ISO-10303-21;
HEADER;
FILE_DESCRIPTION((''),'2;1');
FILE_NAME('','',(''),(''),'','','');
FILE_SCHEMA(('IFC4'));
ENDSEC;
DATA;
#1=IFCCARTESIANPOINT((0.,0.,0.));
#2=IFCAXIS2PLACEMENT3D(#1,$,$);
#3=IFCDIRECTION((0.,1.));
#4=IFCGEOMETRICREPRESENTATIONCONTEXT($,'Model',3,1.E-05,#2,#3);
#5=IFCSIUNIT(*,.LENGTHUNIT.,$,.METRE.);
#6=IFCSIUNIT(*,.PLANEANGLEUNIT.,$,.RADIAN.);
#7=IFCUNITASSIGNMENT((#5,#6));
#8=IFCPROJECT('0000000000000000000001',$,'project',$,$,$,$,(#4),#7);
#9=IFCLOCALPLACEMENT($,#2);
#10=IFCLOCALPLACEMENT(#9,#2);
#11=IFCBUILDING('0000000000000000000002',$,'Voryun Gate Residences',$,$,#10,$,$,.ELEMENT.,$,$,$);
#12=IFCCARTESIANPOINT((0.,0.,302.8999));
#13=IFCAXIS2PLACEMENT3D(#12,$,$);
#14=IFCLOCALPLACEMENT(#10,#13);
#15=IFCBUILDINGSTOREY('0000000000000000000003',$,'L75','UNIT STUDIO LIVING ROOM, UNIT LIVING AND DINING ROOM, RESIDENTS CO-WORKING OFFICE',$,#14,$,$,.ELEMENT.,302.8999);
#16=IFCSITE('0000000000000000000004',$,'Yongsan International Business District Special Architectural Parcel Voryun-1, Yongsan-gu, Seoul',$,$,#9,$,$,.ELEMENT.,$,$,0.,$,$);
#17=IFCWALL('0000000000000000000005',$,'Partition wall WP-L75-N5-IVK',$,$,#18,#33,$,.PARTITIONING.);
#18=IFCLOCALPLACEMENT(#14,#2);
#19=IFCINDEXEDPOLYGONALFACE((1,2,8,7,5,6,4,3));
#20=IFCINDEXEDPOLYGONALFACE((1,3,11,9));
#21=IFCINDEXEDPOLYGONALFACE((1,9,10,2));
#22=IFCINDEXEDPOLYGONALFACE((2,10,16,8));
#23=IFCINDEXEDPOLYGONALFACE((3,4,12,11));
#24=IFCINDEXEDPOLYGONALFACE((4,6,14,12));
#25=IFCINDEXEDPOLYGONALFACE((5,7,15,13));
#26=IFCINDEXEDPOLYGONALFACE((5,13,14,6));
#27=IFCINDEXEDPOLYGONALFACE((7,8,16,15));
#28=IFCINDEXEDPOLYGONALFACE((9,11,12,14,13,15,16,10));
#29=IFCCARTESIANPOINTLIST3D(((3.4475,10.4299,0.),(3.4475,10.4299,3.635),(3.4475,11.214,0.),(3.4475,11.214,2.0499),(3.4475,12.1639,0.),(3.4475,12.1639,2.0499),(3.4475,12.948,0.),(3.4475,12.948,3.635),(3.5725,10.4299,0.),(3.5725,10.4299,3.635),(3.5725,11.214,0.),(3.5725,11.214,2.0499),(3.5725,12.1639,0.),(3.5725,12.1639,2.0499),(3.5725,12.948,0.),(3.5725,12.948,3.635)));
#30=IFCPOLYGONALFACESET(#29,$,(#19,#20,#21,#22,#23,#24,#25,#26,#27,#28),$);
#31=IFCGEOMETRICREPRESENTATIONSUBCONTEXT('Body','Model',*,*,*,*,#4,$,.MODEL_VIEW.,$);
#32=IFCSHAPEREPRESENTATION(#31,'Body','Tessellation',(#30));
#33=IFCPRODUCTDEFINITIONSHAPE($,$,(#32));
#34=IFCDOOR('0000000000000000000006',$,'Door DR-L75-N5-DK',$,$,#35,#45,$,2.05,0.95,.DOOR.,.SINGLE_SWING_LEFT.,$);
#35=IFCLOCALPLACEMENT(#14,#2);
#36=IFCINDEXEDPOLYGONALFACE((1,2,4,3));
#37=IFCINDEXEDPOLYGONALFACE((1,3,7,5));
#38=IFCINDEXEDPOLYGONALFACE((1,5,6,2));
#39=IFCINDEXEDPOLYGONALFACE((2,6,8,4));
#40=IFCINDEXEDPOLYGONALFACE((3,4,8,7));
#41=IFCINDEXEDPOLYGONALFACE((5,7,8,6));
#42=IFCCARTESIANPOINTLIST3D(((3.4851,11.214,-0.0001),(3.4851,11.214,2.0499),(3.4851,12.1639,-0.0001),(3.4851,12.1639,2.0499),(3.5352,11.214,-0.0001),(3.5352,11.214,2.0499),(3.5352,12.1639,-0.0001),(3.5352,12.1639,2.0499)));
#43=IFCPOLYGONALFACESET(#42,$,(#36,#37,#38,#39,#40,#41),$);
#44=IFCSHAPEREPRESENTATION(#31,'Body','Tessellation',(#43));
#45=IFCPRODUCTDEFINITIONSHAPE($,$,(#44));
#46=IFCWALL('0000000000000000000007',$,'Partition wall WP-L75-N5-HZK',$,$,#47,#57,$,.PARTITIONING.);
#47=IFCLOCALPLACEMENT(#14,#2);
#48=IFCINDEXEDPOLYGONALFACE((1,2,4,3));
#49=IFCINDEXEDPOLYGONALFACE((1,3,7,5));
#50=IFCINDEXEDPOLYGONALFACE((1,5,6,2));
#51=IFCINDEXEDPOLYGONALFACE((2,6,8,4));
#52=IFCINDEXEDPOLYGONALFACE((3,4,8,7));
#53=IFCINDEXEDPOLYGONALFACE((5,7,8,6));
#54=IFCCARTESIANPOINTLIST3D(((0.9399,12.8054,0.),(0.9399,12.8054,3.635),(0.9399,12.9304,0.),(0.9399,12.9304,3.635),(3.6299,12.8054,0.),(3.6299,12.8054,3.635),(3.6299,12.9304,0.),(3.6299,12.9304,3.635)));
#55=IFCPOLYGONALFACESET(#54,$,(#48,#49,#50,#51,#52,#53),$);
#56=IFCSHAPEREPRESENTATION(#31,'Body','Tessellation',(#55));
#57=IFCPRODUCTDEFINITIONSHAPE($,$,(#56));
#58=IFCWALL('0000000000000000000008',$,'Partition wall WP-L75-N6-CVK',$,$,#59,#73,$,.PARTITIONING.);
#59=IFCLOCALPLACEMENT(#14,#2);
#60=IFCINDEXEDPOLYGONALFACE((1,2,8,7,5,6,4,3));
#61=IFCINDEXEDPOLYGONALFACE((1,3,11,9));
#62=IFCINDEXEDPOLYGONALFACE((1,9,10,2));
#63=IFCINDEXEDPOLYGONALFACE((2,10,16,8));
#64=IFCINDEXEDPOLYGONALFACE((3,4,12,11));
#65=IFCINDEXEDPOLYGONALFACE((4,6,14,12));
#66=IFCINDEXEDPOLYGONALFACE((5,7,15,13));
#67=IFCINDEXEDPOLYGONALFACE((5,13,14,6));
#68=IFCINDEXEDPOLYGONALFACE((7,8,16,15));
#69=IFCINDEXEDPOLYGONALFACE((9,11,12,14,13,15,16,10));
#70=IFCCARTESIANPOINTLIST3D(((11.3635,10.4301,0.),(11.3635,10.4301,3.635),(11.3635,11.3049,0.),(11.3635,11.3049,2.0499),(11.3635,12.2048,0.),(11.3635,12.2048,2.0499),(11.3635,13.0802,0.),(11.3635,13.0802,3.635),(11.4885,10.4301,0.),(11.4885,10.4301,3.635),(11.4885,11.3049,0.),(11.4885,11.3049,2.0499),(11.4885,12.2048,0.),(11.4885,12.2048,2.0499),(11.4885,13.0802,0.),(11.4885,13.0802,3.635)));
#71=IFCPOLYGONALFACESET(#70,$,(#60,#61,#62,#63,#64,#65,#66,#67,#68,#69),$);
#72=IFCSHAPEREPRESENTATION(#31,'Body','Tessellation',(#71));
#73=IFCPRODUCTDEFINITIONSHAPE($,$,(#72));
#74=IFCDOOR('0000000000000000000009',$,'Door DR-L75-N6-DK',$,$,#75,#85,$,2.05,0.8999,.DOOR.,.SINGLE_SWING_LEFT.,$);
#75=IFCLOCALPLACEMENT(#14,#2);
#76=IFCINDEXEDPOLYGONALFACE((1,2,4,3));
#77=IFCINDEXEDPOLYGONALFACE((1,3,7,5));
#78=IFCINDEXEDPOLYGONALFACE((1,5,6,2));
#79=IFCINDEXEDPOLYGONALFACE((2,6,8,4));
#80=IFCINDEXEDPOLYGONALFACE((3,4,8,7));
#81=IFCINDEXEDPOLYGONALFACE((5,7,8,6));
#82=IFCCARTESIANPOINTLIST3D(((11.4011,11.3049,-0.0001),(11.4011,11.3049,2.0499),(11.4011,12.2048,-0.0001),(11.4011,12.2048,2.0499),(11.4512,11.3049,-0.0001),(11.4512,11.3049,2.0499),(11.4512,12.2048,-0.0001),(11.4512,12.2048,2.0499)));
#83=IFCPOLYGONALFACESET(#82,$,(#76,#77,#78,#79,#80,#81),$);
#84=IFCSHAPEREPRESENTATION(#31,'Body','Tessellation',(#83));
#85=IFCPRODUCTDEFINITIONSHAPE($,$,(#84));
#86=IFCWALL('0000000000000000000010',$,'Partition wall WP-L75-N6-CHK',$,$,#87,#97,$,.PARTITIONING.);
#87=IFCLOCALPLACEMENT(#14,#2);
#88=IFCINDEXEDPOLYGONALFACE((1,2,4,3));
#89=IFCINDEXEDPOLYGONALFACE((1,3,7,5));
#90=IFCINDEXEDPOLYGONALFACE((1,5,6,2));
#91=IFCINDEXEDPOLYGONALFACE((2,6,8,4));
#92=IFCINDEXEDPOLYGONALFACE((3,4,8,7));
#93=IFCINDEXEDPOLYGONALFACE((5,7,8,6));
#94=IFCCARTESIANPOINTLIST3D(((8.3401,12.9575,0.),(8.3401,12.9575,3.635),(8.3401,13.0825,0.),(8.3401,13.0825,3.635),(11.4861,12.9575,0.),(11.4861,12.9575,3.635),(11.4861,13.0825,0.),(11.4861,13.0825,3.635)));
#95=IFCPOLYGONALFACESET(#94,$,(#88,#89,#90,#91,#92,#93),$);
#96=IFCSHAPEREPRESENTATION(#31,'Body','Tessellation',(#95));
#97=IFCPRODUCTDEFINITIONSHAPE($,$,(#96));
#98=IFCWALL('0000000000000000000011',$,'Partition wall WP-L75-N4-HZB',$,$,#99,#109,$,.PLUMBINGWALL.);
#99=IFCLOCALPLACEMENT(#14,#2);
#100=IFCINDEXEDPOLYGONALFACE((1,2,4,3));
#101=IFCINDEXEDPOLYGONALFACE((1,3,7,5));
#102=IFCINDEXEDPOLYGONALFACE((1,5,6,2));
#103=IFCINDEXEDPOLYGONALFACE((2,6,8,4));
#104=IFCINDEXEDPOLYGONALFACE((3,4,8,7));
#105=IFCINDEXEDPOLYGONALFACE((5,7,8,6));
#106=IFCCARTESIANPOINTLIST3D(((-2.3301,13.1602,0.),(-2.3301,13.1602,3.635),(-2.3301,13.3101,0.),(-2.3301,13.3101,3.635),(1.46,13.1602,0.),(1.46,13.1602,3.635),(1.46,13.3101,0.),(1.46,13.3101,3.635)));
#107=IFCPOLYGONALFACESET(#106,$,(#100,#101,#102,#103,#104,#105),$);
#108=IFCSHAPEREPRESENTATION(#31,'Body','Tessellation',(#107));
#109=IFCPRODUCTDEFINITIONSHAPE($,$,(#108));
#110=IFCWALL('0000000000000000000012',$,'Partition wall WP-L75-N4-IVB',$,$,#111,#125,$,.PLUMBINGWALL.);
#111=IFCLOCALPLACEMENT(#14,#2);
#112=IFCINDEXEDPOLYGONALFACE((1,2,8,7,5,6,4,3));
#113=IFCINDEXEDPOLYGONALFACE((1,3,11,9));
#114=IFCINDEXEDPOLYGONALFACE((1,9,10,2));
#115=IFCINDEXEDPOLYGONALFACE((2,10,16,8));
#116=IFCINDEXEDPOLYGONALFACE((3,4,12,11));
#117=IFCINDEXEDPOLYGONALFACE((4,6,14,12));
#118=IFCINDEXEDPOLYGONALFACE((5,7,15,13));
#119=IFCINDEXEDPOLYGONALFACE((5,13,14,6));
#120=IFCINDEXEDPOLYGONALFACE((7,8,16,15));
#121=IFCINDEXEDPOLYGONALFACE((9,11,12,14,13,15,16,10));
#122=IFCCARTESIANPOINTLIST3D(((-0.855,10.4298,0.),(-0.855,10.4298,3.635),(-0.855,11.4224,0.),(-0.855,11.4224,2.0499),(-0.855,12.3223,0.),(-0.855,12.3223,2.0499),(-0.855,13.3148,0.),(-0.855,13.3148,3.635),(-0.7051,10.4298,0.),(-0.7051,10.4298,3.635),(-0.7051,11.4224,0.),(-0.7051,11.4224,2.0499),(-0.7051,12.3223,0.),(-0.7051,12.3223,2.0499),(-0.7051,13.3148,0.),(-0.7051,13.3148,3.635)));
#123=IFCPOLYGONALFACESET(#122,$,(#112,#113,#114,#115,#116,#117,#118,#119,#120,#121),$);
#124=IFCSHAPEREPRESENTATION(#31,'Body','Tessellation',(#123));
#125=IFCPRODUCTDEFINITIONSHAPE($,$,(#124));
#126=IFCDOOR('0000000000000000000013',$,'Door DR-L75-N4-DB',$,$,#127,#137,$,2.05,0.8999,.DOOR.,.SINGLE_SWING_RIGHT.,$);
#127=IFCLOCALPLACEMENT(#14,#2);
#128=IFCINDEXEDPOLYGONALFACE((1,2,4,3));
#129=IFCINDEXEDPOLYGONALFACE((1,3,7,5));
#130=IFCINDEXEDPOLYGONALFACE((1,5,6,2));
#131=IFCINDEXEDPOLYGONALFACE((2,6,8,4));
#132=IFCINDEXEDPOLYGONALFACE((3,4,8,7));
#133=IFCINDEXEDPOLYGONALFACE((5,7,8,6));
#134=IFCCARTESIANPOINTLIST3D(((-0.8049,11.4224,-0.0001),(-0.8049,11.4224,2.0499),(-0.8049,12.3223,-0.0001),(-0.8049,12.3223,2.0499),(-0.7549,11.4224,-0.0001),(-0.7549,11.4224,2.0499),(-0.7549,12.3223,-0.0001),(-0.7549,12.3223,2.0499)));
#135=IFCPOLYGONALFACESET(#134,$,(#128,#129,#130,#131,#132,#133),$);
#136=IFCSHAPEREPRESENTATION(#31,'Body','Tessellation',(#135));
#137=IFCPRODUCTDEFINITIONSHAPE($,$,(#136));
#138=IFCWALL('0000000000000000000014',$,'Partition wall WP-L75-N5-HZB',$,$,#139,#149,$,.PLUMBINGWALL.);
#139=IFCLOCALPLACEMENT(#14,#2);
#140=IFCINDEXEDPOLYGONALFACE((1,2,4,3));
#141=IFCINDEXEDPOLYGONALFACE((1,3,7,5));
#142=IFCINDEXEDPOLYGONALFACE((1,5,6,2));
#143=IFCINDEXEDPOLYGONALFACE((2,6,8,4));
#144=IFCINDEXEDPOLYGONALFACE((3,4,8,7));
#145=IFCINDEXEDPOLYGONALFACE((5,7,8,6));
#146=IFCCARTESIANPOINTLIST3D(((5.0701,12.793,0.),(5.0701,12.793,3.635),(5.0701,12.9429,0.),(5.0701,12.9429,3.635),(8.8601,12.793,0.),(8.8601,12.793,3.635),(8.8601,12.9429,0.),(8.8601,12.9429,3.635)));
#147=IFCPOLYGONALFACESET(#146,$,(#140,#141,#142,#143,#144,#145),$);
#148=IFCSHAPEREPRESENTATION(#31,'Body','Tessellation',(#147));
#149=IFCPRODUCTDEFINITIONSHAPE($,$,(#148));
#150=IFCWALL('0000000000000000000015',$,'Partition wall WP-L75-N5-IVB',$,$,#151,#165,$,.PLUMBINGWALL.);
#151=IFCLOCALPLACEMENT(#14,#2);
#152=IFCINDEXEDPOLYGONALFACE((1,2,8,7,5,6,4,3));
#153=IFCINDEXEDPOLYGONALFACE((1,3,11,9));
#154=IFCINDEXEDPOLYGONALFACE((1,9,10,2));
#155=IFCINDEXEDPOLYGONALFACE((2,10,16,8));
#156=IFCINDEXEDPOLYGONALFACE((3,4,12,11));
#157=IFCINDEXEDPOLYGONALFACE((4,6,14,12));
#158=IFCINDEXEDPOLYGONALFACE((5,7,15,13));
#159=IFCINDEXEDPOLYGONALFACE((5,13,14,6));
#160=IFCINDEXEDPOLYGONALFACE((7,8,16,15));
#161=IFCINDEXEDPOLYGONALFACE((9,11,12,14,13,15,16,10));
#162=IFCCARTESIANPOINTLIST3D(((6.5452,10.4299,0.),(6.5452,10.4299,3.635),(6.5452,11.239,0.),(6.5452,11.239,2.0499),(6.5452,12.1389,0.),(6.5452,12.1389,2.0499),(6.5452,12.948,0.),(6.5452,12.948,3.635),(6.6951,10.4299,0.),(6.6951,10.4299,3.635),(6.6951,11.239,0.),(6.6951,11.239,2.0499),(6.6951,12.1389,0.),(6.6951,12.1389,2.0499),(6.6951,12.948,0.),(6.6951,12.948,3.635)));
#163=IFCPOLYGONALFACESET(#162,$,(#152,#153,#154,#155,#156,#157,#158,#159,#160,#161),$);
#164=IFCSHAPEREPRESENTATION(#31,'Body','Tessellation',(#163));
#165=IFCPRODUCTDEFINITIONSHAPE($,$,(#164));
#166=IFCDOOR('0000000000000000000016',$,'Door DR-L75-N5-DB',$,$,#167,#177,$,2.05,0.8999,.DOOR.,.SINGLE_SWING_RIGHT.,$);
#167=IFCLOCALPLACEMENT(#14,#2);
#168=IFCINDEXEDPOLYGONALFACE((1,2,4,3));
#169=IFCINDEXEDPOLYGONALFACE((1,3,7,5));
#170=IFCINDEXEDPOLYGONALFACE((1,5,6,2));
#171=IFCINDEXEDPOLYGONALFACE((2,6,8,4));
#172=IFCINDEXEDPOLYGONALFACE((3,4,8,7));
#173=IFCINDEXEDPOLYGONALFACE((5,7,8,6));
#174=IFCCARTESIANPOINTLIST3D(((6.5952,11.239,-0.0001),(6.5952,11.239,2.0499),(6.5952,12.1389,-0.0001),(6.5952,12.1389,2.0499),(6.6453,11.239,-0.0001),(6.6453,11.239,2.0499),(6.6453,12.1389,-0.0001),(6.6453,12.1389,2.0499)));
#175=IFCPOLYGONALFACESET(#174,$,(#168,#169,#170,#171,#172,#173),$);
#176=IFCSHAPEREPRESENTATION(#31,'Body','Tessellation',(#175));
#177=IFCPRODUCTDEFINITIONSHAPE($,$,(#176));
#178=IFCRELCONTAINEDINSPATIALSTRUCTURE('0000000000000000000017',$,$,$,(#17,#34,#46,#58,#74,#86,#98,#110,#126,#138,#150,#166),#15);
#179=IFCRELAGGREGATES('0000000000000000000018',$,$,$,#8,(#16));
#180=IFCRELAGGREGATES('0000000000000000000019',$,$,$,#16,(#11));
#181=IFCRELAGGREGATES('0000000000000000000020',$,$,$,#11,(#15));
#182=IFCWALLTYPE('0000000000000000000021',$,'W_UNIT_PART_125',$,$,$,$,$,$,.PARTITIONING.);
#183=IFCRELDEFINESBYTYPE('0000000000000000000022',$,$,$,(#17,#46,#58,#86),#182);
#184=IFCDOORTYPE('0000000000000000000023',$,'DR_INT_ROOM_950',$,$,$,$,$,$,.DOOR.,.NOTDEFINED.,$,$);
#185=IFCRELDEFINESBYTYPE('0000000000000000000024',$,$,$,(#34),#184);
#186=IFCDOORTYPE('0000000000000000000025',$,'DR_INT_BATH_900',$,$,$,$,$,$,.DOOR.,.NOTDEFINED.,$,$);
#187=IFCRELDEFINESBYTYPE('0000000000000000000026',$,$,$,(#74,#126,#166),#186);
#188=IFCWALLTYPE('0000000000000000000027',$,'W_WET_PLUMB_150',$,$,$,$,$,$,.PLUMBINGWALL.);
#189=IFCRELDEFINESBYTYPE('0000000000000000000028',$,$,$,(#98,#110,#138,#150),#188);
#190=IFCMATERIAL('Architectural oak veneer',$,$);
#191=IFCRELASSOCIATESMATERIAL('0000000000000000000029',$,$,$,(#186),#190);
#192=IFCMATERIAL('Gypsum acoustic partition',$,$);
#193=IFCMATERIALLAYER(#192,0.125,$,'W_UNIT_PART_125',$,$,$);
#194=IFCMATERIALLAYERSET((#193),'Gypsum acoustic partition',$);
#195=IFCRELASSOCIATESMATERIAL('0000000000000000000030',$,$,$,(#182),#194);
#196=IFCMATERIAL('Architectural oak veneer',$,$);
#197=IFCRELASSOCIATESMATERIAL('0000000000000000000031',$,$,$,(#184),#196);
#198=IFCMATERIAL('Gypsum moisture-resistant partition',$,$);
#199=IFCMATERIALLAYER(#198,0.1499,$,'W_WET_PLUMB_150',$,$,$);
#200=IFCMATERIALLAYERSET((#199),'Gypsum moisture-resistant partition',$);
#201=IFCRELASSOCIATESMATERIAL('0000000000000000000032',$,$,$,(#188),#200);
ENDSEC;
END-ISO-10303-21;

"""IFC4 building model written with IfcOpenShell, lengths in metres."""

from ifc_helpers import new_model, si_unit, direction, frame, frame_2d, origin, place, context, subcontext, project, spatial, rectangle, extrude, material, layer, layer_set, type_object, element, fill, save


model = new_model("IFC4")

# Units and contexts
model_context = context("Model", 3, precision=1e-05, world=origin(), true_north=direction((0.0, 1.0)))
body_context = subcontext(model_context, "Body", "Model", "MODEL_VIEW")
ifc_project = project(units=[si_unit("LENGTHUNIT", "METRE"), si_unit("PLANEANGLEUNIT", "RADIAN")], contexts=[model_context])

# Site, building, storey
site_placement = place(None, origin())
site = spatial("IfcSite", under=ifc_project, at=site_placement, Name="Yongsan International Business District Special Architectural Parcel Voryun-1, Yongsan-gu, Seoul", CompositionType="ELEMENT", RefElevation=0.0)
building_placement = place(site_placement, origin())
building = spatial("IfcBuilding", under=site, at=building_placement, Name="Voryun Gate Residences", CompositionType="ELEMENT")
storey_placement = place(building_placement, frame((0.0, 0.0, 302.8999)))
storey = spatial("IfcBuildingStorey", under=building, at=storey_placement, Name="L75", Description="UNIT STUDIO LIVING ROOM, UNIT LIVING AND DINING ROOM, RESIDENTS CO-WORKING OFFICE", CompositionType="ELEMENT", Elevation=302.8999)

# Shared definitions
ifc_material_1 = material(Name="Architectural oak veneer")
door_type_1 = type_object("IfcDoorType", Name="DR_INT_BATH_900", OperationType="NOTDEFINED", PredefinedType="DOOR", material=ifc_material_1)

# Wall, opening, door
ifc_material_2 = material(Name="Gypsum acoustic partition")
ifc_layer_1 = layer(ifc_material_2, 0.125, Name="W_UNIT_PART_125")
ifc_layer_set_1 = layer_set([ifc_layer_1], Name="Gypsum acoustic partition")
wall_type_1 = type_object("IfcWallType", Name="W_UNIT_PART_125", PredefinedType="PARTITIONING", material=ifc_layer_set_1)
ifc_material_3 = material(Name="Architectural oak veneer")
door_type_2 = type_object("IfcDoorType", Name="DR_INT_ROOM_950", OperationType="NOTDEFINED", PredefinedType="DOOR", material=ifc_material_3)
wall_1_placement = place(storey_placement, frame((3.51, 10.4299, 0.0), z_axis=(0.0, 0.0, 1.0), x_axis=(0.0, 1.0, 0.0)))
wall_1 = element("IfcWall", 1, at=wall_1_placement, inside=storey, type_object=wall_type_1, Name="Partition wall WP-L75-N5-IVK", PredefinedType="PARTITIONING", context=body_context, shape_type="SweptSolid", body=[
    extrude(rectangle(XDim=2.5181, YDim=0.125, at=frame_2d((1.259, 0.0))), origin(), (0.0, 0.0, 1.0), 3.635),
])
opening_1_placement = place(wall_1_placement, frame((0.7839, 0.0, 0.0)))
opening_1 = element("IfcOpeningElement", 2, at=opening_1_placement, cuts=wall_1, PredefinedType="OPENING", context=body_context, shape_type="SweptSolid", body=[
    extrude(rectangle(XDim=0.95, YDim=2.05, at=frame_2d((0.4751, 1.0249))), frame((0.0, 0.0725, 0.0), z_axis=(0.0, -1.0, 0.0), x_axis=(1.0, 0.0, 0.0)), (0.0, 0.0, 1.0), 0.145),
])
door_1_placement = place(opening_1_placement, origin())
door_1 = element("IfcDoor", 3, at=door_1_placement, inside=storey, type_object=door_type_2, Name="Door DR-L75-N5-DK", OperationType="SINGLE_SWING_LEFT", OverallHeight=2.05, OverallWidth=0.95, PredefinedType="DOOR", context=body_context, shape_type="SweptSolid", body=[
    extrude(rectangle(XDim=0.95, YDim=2.05, at=frame_2d((0.4751, 1.0249))), frame((0.0, 0.0249, 0.0), z_axis=(0.0, -1.0, 0.0), x_axis=(1.0, 0.0, 0.0)), (0.0, 0.0, 1.0), 0.05),
])
fill(opening_1, door_1)

# Wall
wall_2_placement = place(storey_placement, frame((0.9399, 12.8679, 0.0), z_axis=(0.0, 0.0, 1.0), x_axis=(1.0, 0.0, 0.0)))
element("IfcWall", 4, at=wall_2_placement, inside=storey, type_object=wall_type_1, Name="Partition wall WP-L75-N5-HZK", PredefinedType="PARTITIONING", context=body_context, shape_type="SweptSolid", body=[
    extrude(rectangle(XDim=2.6899, YDim=0.125, at=frame_2d((1.345, 0.0))), origin(), (0.0, 0.0, 1.0), 3.635),
])

# Wall, opening, door
wall_3_placement = place(storey_placement, frame((11.426, 10.4299, 0.0), z_axis=(0.0, 0.0, 1.0), x_axis=(0.0, 1.0, 0.0)))
wall_3 = element("IfcWall", 5, at=wall_3_placement, inside=storey, type_object=wall_type_1, Name="Partition wall WP-L75-N6-CVK", PredefinedType="PARTITIONING", context=body_context, shape_type="SweptSolid", body=[
    extrude(rectangle(XDim=2.6501, YDim=0.125, at=frame_2d((1.3252, 0.0))), origin(), (0.0, 0.0, 1.0), 3.635),
])
opening_2_placement = place(wall_3_placement, frame((0.875, 0.0, 0.0)))
opening_2 = element("IfcOpeningElement", 6, at=opening_2_placement, cuts=wall_3, PredefinedType="OPENING", context=body_context, shape_type="SweptSolid", body=[
    extrude(rectangle(XDim=0.8999, YDim=2.05, at=frame_2d((0.45, 1.0249))), frame((0.0, 0.0725, 0.0), z_axis=(0.0, -1.0, 0.0), x_axis=(1.0, 0.0, 0.0)), (0.0, 0.0, 1.0), 0.145),
])
door_2_placement = place(opening_2_placement, origin())
door_2 = element("IfcDoor", 7, at=door_2_placement, inside=storey, type_object=door_type_1, Name="Door DR-L75-N6-DK", OperationType="SINGLE_SWING_LEFT", OverallHeight=2.05, OverallWidth=0.8999, PredefinedType="DOOR", context=body_context, shape_type="SweptSolid", body=[
    extrude(rectangle(XDim=0.8999, YDim=2.05, at=frame_2d((0.45, 1.0249))), frame((0.0, 0.0249, 0.0), z_axis=(0.0, -1.0, 0.0), x_axis=(1.0, 0.0, 0.0)), (0.0, 0.0, 1.0), 0.05),
])
fill(opening_2, door_2)

# Walls
wall_4_placement = place(storey_placement, frame((8.3401, 13.02, 0.0), z_axis=(0.0, 0.0, 1.0), x_axis=(1.0, 0.0, 0.0)))
element("IfcWall", 8, at=wall_4_placement, inside=storey, type_object=wall_type_1, Name="Partition wall WP-L75-N6-CHK", PredefinedType="PARTITIONING", context=body_context, shape_type="SweptSolid", body=[
    extrude(rectangle(XDim=3.146, YDim=0.125, at=frame_2d((1.573, 0.0))), origin(), (0.0, 0.0, 1.0), 3.635),
])
ifc_material_4 = material(Name="Gypsum moisture-resistant partition")
ifc_layer_2 = layer(ifc_material_4, 0.1499, Name="W_WET_PLUMB_150")
ifc_layer_set_2 = layer_set([ifc_layer_2], Name="Gypsum moisture-resistant partition")
wall_type_2 = type_object("IfcWallType", Name="W_WET_PLUMB_150", PredefinedType="PLUMBINGWALL", material=ifc_layer_set_2)
wall_5_placement = place(storey_placement, frame((-2.3301, 13.2351, 0.0), z_axis=(0.0, 0.0, 1.0), x_axis=(1.0, 0.0, 0.0)))
element("IfcWall", 9, at=wall_5_placement, inside=storey, type_object=wall_type_2, Name="Partition wall WP-L75-N4-HZB", PredefinedType="PLUMBINGWALL", context=body_context, shape_type="SweptSolid", body=[
    extrude(rectangle(XDim=3.79, YDim=0.1499, at=frame_2d((1.895, 0.0))), origin(), (0.0, 0.0, 1.0), 3.635),
])

# Wall, opening, door
wall_6_placement = place(storey_placement, frame((-0.78, 10.4299, 0.0), z_axis=(0.0, 0.0, 1.0), x_axis=(0.0, 1.0, 0.0)))
wall_6 = element("IfcWall", 10, at=wall_6_placement, inside=storey, type_object=wall_type_2, Name="Partition wall WP-L75-N4-IVB", PredefinedType="PLUMBINGWALL", context=body_context, shape_type="SweptSolid", body=[
    extrude(rectangle(XDim=2.885, YDim=0.1499, at=frame_2d((1.4424, 0.0))), origin(), (0.0, 0.0, 1.0), 3.635),
])
opening_3_placement = place(wall_6_placement, frame((0.9924, 0.0, 0.0)))
opening_3 = element("IfcOpeningElement", 11, at=opening_3_placement, cuts=wall_6, PredefinedType="OPENING", context=body_context, shape_type="SweptSolid", body=[
    extrude(rectangle(XDim=0.8999, YDim=2.05, at=frame_2d((0.45, 1.0249))), frame((0.0, 0.085, 0.0), z_axis=(0.0, -1.0, 0.0), x_axis=(1.0, 0.0, 0.0)), (0.0, 0.0, 1.0), 0.1699),
])
door_3_placement = place(opening_3_placement, origin())
door_3 = element("IfcDoor", 12, at=door_3_placement, inside=storey, type_object=door_type_1, Name="Door DR-L75-N4-DB", OperationType="SINGLE_SWING_RIGHT", OverallHeight=2.05, OverallWidth=0.8999, PredefinedType="DOOR", context=body_context, shape_type="SweptSolid", body=[
    extrude(rectangle(XDim=0.8999, YDim=2.05, at=frame_2d((0.45, 1.0249))), frame((0.0, 0.0249, 0.0), z_axis=(0.0, -1.0, 0.0), x_axis=(1.0, 0.0, 0.0)), (0.0, 0.0, 1.0), 0.05),
])
fill(opening_3, door_3)

# Wall
wall_7_placement = place(storey_placement, frame((5.0701, 12.8679, 0.0), z_axis=(0.0, 0.0, 1.0), x_axis=(1.0, 0.0, 0.0)))
element("IfcWall", 13, at=wall_7_placement, inside=storey, type_object=wall_type_2, Name="Partition wall WP-L75-N5-HZB", PredefinedType="PLUMBINGWALL", context=body_context, shape_type="SweptSolid", body=[
    extrude(rectangle(XDim=3.79, YDim=0.1499, at=frame_2d((1.895, 0.0))), origin(), (0.0, 0.0, 1.0), 3.635),
])

# Wall, opening, door
wall_8_placement = place(storey_placement, frame((6.6201, 10.4299, 0.0), z_axis=(0.0, 0.0, 1.0), x_axis=(0.0, 1.0, 0.0)))
wall_8 = element("IfcWall", 14, at=wall_8_placement, inside=storey, type_object=wall_type_2, Name="Partition wall WP-L75-N5-IVB", PredefinedType="PLUMBINGWALL", context=body_context, shape_type="SweptSolid", body=[
    extrude(rectangle(XDim=2.5181, YDim=0.1499, at=frame_2d((1.259, 0.0))), origin(), (0.0, 0.0, 1.0), 3.635),
])
opening_4_placement = place(wall_8_placement, frame((0.8091, 0.0, 0.0)))
opening_4 = element("IfcOpeningElement", 15, at=opening_4_placement, cuts=wall_8, PredefinedType="OPENING", context=body_context, shape_type="SweptSolid", body=[
    extrude(rectangle(XDim=0.8999, YDim=2.05, at=frame_2d((0.45, 1.0249))), frame((0.0, 0.085, 0.0), z_axis=(0.0, -1.0, 0.0), x_axis=(1.0, 0.0, 0.0)), (0.0, 0.0, 1.0), 0.1699),
])
door_4_placement = place(opening_4_placement, origin())
door_4 = element("IfcDoor", 16, at=door_4_placement, inside=storey, type_object=door_type_1, Name="Door DR-L75-N5-DB", OperationType="SINGLE_SWING_RIGHT", OverallHeight=2.05, OverallWidth=0.8999, PredefinedType="DOOR", context=body_context, shape_type="SweptSolid", body=[
    extrude(rectangle(XDim=0.8999, YDim=2.05, at=frame_2d((0.45, 1.0249))), frame((0.0, 0.0249, 0.0), z_axis=(0.0, -1.0, 0.0), x_axis=(1.0, 0.0, 0.0)), (0.0, 0.0, 1.0), 0.05),
])
fill(opening_4, door_4)

save(model, "model.ifc")
